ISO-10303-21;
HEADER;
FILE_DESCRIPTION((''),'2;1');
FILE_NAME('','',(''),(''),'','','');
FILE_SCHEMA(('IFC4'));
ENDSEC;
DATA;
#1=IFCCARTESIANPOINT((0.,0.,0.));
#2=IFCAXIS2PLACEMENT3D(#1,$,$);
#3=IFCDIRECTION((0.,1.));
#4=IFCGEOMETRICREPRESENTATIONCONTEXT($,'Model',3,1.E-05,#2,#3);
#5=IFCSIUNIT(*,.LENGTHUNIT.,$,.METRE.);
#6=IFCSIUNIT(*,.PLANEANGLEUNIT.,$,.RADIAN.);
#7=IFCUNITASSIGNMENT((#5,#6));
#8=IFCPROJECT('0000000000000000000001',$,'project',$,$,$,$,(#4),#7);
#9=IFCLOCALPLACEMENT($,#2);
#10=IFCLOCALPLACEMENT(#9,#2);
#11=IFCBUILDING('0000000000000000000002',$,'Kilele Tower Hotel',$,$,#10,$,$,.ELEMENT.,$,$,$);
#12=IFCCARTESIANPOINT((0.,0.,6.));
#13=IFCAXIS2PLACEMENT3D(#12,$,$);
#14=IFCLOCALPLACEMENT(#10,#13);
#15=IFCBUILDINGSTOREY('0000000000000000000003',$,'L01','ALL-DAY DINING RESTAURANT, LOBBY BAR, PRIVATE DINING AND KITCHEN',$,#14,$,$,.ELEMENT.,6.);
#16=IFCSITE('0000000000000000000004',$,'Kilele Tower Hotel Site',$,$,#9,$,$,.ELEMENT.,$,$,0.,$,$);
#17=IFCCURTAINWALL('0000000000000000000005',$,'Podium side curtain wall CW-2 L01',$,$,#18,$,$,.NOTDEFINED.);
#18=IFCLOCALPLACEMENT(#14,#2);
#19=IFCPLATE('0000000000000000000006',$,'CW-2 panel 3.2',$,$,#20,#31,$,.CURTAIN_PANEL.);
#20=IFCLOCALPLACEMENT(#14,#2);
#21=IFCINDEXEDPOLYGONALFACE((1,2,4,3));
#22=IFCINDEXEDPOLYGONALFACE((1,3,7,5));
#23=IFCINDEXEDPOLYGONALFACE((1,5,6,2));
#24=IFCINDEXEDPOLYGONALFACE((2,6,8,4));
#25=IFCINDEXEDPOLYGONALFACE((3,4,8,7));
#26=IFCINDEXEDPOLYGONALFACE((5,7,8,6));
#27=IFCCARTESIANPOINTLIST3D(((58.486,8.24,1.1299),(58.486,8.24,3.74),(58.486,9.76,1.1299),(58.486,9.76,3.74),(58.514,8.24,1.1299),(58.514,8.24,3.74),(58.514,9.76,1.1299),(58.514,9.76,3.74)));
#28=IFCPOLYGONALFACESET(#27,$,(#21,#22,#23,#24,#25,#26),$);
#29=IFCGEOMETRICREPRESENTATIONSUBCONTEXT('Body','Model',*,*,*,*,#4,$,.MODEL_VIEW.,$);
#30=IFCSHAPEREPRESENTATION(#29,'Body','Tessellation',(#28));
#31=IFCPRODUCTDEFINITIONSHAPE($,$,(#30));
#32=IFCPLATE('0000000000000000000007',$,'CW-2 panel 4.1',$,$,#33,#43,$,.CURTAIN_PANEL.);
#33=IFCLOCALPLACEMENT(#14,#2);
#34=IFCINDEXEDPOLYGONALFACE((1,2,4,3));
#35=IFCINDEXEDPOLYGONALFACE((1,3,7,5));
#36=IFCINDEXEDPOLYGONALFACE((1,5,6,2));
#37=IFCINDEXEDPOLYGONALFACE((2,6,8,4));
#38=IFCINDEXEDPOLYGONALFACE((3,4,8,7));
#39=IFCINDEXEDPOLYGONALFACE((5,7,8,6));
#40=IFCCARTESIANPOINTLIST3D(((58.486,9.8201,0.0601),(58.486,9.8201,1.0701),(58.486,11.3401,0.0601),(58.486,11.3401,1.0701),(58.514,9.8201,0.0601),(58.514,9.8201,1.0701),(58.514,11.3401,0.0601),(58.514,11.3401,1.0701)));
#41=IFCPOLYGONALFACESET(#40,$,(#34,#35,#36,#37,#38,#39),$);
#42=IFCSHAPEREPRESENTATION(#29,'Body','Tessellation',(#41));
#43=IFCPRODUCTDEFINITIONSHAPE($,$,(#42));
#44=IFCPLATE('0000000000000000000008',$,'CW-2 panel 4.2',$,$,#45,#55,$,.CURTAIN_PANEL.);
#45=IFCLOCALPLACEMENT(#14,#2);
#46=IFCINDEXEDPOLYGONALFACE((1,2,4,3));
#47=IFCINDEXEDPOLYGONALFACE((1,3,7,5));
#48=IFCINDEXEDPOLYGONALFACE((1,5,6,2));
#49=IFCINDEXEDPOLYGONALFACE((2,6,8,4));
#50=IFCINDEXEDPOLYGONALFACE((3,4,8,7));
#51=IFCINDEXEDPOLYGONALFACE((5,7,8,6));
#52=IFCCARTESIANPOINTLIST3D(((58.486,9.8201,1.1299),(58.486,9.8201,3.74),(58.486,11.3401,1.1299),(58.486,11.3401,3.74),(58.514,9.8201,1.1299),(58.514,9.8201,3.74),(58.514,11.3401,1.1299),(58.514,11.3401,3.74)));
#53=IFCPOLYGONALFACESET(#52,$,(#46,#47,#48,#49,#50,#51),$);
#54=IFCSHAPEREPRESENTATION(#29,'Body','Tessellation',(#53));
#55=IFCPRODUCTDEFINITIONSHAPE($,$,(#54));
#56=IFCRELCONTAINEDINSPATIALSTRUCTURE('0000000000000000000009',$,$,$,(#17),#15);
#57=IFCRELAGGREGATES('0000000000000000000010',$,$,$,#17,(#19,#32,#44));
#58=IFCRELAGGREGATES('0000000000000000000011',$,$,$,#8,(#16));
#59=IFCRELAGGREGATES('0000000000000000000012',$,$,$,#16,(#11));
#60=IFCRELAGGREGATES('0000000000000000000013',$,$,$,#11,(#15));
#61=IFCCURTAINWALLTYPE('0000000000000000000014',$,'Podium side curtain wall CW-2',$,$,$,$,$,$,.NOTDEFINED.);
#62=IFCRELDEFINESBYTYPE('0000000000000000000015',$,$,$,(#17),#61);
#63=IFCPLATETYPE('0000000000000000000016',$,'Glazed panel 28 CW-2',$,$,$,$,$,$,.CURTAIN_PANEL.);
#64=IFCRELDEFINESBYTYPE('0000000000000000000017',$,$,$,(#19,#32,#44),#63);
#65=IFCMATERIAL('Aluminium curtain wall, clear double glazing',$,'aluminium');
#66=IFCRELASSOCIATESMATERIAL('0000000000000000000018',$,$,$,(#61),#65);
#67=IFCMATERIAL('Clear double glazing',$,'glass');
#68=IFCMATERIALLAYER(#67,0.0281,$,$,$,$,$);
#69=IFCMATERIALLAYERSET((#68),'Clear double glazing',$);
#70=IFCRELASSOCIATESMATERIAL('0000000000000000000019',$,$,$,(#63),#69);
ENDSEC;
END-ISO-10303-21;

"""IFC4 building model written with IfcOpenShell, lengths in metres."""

from ifc_helpers import new_model, si_unit, direction, frame, origin, origin_2d, place, context, subcontext, project, spatial, rectangle, extrude, material, layer, layer_set, type_object, element, aggregate, save


model = new_model("IFC4")

# Units and contexts
model_context = context("Model", 3, precision=1e-05, world=origin(), true_north=direction((0.0, 1.0)))
body_context = subcontext(model_context, "Body", "Model", "MODEL_VIEW")
ifc_project = project(units=[si_unit("LENGTHUNIT", "METRE"), si_unit("PLANEANGLEUNIT", "RADIAN")], contexts=[model_context])

# Site, building, storey
site_placement = place(None, origin())
site = spatial("IfcSite", under=ifc_project, at=site_placement, Name="Kilele Tower Hotel Site", CompositionType="ELEMENT", RefElevation=0.0)
building_placement = place(site_placement, origin())
building = spatial("IfcBuilding", under=site, at=building_placement, Name="Kilele Tower Hotel", CompositionType="ELEMENT")
storey_placement = place(building_placement, frame((0.0, 0.0, 6.0)))
storey = spatial("IfcBuildingStorey", under=building, at=storey_placement, Name="L01", Description="ALL-DAY DINING RESTAURANT, LOBBY BAR, PRIVATE DINING AND KITCHEN", CompositionType="ELEMENT", Elevation=6.0)

# Curtain wall, plates
ifc_material_1 = material(Name="Aluminium curtain wall, clear double glazing", Category="aluminium")
curtain_wall_type = type_object("IfcCurtainWallType", Name="Podium side curtain wall CW-2", PredefinedType="NOTDEFINED", material=ifc_material_1)
curtain_wall_placement = place(storey_placement, origin())
curtain_wall = element("IfcCurtainWall", 1, at=curtain_wall_placement, inside=storey, type_object=curtain_wall_type, Name="Podium side curtain wall CW-2 L01", PredefinedType="NOTDEFINED")
ifc_material_2 = material(Name="Clear double glazing", Category="glass")
ifc_layer = layer(ifc_material_2, 0.0281)
ifc_layer_set = layer_set([ifc_layer], Name="Clear double glazing")
plate_type = type_object("IfcPlateType", Name="Glazed panel 28 CW-2", PredefinedType="CURTAIN_PANEL", material=ifc_layer_set)
plate_1_placement = place(storey_placement, frame((58.5, 9.0, 1.1299), z_axis=(0.0, 0.0, 1.0), x_axis=(0.0, 1.0, 0.0)))
plate_1 = element("IfcPlate", 2, at=plate_1_placement, type_object=plate_type, Name="CW-2 panel 3.2", PredefinedType="CURTAIN_PANEL", context=body_context, shape_type="SweptSolid", body=[
    extrude(rectangle(XDim=1.52, YDim=0.0281, at=origin_2d()), origin(), (0.0, 0.0, 1.0), 2.6101),
])
plate_2_placement = place(storey_placement, frame((58.5, 10.5801, 0.0601), z_axis=(0.0, 0.0, 1.0), x_axis=(0.0, 1.0, 0.0)))
plate_2 = element("IfcPlate", 3, at=plate_2_placement, type_object=plate_type, Name="CW-2 panel 4.1", PredefinedType="CURTAIN_PANEL", context=body_context, shape_type="SweptSolid", body=[
    extrude(rectangle(XDim=1.52, YDim=0.0281, at=origin_2d()), origin(), (0.0, 0.0, 1.0), 1.01),
])
plate_3_placement = place(storey_placement, frame((58.5, 10.5801, 1.1299), z_axis=(0.0, 0.0, 1.0), x_axis=(0.0, 1.0, 0.0)))
plate_3 = element("IfcPlate", 4, at=plate_3_placement, type_object=plate_type, Name="CW-2 panel 4.2", PredefinedType="CURTAIN_PANEL", context=body_context, shape_type="SweptSolid", body=[
    extrude(rectangle(XDim=1.52, YDim=0.0281, at=origin_2d()), origin(), (0.0, 0.0, 1.0), 2.6101),
])
aggregate(curtain_wall, [plate_1, plate_2, plate_3])

save(model, "model.ifc")
